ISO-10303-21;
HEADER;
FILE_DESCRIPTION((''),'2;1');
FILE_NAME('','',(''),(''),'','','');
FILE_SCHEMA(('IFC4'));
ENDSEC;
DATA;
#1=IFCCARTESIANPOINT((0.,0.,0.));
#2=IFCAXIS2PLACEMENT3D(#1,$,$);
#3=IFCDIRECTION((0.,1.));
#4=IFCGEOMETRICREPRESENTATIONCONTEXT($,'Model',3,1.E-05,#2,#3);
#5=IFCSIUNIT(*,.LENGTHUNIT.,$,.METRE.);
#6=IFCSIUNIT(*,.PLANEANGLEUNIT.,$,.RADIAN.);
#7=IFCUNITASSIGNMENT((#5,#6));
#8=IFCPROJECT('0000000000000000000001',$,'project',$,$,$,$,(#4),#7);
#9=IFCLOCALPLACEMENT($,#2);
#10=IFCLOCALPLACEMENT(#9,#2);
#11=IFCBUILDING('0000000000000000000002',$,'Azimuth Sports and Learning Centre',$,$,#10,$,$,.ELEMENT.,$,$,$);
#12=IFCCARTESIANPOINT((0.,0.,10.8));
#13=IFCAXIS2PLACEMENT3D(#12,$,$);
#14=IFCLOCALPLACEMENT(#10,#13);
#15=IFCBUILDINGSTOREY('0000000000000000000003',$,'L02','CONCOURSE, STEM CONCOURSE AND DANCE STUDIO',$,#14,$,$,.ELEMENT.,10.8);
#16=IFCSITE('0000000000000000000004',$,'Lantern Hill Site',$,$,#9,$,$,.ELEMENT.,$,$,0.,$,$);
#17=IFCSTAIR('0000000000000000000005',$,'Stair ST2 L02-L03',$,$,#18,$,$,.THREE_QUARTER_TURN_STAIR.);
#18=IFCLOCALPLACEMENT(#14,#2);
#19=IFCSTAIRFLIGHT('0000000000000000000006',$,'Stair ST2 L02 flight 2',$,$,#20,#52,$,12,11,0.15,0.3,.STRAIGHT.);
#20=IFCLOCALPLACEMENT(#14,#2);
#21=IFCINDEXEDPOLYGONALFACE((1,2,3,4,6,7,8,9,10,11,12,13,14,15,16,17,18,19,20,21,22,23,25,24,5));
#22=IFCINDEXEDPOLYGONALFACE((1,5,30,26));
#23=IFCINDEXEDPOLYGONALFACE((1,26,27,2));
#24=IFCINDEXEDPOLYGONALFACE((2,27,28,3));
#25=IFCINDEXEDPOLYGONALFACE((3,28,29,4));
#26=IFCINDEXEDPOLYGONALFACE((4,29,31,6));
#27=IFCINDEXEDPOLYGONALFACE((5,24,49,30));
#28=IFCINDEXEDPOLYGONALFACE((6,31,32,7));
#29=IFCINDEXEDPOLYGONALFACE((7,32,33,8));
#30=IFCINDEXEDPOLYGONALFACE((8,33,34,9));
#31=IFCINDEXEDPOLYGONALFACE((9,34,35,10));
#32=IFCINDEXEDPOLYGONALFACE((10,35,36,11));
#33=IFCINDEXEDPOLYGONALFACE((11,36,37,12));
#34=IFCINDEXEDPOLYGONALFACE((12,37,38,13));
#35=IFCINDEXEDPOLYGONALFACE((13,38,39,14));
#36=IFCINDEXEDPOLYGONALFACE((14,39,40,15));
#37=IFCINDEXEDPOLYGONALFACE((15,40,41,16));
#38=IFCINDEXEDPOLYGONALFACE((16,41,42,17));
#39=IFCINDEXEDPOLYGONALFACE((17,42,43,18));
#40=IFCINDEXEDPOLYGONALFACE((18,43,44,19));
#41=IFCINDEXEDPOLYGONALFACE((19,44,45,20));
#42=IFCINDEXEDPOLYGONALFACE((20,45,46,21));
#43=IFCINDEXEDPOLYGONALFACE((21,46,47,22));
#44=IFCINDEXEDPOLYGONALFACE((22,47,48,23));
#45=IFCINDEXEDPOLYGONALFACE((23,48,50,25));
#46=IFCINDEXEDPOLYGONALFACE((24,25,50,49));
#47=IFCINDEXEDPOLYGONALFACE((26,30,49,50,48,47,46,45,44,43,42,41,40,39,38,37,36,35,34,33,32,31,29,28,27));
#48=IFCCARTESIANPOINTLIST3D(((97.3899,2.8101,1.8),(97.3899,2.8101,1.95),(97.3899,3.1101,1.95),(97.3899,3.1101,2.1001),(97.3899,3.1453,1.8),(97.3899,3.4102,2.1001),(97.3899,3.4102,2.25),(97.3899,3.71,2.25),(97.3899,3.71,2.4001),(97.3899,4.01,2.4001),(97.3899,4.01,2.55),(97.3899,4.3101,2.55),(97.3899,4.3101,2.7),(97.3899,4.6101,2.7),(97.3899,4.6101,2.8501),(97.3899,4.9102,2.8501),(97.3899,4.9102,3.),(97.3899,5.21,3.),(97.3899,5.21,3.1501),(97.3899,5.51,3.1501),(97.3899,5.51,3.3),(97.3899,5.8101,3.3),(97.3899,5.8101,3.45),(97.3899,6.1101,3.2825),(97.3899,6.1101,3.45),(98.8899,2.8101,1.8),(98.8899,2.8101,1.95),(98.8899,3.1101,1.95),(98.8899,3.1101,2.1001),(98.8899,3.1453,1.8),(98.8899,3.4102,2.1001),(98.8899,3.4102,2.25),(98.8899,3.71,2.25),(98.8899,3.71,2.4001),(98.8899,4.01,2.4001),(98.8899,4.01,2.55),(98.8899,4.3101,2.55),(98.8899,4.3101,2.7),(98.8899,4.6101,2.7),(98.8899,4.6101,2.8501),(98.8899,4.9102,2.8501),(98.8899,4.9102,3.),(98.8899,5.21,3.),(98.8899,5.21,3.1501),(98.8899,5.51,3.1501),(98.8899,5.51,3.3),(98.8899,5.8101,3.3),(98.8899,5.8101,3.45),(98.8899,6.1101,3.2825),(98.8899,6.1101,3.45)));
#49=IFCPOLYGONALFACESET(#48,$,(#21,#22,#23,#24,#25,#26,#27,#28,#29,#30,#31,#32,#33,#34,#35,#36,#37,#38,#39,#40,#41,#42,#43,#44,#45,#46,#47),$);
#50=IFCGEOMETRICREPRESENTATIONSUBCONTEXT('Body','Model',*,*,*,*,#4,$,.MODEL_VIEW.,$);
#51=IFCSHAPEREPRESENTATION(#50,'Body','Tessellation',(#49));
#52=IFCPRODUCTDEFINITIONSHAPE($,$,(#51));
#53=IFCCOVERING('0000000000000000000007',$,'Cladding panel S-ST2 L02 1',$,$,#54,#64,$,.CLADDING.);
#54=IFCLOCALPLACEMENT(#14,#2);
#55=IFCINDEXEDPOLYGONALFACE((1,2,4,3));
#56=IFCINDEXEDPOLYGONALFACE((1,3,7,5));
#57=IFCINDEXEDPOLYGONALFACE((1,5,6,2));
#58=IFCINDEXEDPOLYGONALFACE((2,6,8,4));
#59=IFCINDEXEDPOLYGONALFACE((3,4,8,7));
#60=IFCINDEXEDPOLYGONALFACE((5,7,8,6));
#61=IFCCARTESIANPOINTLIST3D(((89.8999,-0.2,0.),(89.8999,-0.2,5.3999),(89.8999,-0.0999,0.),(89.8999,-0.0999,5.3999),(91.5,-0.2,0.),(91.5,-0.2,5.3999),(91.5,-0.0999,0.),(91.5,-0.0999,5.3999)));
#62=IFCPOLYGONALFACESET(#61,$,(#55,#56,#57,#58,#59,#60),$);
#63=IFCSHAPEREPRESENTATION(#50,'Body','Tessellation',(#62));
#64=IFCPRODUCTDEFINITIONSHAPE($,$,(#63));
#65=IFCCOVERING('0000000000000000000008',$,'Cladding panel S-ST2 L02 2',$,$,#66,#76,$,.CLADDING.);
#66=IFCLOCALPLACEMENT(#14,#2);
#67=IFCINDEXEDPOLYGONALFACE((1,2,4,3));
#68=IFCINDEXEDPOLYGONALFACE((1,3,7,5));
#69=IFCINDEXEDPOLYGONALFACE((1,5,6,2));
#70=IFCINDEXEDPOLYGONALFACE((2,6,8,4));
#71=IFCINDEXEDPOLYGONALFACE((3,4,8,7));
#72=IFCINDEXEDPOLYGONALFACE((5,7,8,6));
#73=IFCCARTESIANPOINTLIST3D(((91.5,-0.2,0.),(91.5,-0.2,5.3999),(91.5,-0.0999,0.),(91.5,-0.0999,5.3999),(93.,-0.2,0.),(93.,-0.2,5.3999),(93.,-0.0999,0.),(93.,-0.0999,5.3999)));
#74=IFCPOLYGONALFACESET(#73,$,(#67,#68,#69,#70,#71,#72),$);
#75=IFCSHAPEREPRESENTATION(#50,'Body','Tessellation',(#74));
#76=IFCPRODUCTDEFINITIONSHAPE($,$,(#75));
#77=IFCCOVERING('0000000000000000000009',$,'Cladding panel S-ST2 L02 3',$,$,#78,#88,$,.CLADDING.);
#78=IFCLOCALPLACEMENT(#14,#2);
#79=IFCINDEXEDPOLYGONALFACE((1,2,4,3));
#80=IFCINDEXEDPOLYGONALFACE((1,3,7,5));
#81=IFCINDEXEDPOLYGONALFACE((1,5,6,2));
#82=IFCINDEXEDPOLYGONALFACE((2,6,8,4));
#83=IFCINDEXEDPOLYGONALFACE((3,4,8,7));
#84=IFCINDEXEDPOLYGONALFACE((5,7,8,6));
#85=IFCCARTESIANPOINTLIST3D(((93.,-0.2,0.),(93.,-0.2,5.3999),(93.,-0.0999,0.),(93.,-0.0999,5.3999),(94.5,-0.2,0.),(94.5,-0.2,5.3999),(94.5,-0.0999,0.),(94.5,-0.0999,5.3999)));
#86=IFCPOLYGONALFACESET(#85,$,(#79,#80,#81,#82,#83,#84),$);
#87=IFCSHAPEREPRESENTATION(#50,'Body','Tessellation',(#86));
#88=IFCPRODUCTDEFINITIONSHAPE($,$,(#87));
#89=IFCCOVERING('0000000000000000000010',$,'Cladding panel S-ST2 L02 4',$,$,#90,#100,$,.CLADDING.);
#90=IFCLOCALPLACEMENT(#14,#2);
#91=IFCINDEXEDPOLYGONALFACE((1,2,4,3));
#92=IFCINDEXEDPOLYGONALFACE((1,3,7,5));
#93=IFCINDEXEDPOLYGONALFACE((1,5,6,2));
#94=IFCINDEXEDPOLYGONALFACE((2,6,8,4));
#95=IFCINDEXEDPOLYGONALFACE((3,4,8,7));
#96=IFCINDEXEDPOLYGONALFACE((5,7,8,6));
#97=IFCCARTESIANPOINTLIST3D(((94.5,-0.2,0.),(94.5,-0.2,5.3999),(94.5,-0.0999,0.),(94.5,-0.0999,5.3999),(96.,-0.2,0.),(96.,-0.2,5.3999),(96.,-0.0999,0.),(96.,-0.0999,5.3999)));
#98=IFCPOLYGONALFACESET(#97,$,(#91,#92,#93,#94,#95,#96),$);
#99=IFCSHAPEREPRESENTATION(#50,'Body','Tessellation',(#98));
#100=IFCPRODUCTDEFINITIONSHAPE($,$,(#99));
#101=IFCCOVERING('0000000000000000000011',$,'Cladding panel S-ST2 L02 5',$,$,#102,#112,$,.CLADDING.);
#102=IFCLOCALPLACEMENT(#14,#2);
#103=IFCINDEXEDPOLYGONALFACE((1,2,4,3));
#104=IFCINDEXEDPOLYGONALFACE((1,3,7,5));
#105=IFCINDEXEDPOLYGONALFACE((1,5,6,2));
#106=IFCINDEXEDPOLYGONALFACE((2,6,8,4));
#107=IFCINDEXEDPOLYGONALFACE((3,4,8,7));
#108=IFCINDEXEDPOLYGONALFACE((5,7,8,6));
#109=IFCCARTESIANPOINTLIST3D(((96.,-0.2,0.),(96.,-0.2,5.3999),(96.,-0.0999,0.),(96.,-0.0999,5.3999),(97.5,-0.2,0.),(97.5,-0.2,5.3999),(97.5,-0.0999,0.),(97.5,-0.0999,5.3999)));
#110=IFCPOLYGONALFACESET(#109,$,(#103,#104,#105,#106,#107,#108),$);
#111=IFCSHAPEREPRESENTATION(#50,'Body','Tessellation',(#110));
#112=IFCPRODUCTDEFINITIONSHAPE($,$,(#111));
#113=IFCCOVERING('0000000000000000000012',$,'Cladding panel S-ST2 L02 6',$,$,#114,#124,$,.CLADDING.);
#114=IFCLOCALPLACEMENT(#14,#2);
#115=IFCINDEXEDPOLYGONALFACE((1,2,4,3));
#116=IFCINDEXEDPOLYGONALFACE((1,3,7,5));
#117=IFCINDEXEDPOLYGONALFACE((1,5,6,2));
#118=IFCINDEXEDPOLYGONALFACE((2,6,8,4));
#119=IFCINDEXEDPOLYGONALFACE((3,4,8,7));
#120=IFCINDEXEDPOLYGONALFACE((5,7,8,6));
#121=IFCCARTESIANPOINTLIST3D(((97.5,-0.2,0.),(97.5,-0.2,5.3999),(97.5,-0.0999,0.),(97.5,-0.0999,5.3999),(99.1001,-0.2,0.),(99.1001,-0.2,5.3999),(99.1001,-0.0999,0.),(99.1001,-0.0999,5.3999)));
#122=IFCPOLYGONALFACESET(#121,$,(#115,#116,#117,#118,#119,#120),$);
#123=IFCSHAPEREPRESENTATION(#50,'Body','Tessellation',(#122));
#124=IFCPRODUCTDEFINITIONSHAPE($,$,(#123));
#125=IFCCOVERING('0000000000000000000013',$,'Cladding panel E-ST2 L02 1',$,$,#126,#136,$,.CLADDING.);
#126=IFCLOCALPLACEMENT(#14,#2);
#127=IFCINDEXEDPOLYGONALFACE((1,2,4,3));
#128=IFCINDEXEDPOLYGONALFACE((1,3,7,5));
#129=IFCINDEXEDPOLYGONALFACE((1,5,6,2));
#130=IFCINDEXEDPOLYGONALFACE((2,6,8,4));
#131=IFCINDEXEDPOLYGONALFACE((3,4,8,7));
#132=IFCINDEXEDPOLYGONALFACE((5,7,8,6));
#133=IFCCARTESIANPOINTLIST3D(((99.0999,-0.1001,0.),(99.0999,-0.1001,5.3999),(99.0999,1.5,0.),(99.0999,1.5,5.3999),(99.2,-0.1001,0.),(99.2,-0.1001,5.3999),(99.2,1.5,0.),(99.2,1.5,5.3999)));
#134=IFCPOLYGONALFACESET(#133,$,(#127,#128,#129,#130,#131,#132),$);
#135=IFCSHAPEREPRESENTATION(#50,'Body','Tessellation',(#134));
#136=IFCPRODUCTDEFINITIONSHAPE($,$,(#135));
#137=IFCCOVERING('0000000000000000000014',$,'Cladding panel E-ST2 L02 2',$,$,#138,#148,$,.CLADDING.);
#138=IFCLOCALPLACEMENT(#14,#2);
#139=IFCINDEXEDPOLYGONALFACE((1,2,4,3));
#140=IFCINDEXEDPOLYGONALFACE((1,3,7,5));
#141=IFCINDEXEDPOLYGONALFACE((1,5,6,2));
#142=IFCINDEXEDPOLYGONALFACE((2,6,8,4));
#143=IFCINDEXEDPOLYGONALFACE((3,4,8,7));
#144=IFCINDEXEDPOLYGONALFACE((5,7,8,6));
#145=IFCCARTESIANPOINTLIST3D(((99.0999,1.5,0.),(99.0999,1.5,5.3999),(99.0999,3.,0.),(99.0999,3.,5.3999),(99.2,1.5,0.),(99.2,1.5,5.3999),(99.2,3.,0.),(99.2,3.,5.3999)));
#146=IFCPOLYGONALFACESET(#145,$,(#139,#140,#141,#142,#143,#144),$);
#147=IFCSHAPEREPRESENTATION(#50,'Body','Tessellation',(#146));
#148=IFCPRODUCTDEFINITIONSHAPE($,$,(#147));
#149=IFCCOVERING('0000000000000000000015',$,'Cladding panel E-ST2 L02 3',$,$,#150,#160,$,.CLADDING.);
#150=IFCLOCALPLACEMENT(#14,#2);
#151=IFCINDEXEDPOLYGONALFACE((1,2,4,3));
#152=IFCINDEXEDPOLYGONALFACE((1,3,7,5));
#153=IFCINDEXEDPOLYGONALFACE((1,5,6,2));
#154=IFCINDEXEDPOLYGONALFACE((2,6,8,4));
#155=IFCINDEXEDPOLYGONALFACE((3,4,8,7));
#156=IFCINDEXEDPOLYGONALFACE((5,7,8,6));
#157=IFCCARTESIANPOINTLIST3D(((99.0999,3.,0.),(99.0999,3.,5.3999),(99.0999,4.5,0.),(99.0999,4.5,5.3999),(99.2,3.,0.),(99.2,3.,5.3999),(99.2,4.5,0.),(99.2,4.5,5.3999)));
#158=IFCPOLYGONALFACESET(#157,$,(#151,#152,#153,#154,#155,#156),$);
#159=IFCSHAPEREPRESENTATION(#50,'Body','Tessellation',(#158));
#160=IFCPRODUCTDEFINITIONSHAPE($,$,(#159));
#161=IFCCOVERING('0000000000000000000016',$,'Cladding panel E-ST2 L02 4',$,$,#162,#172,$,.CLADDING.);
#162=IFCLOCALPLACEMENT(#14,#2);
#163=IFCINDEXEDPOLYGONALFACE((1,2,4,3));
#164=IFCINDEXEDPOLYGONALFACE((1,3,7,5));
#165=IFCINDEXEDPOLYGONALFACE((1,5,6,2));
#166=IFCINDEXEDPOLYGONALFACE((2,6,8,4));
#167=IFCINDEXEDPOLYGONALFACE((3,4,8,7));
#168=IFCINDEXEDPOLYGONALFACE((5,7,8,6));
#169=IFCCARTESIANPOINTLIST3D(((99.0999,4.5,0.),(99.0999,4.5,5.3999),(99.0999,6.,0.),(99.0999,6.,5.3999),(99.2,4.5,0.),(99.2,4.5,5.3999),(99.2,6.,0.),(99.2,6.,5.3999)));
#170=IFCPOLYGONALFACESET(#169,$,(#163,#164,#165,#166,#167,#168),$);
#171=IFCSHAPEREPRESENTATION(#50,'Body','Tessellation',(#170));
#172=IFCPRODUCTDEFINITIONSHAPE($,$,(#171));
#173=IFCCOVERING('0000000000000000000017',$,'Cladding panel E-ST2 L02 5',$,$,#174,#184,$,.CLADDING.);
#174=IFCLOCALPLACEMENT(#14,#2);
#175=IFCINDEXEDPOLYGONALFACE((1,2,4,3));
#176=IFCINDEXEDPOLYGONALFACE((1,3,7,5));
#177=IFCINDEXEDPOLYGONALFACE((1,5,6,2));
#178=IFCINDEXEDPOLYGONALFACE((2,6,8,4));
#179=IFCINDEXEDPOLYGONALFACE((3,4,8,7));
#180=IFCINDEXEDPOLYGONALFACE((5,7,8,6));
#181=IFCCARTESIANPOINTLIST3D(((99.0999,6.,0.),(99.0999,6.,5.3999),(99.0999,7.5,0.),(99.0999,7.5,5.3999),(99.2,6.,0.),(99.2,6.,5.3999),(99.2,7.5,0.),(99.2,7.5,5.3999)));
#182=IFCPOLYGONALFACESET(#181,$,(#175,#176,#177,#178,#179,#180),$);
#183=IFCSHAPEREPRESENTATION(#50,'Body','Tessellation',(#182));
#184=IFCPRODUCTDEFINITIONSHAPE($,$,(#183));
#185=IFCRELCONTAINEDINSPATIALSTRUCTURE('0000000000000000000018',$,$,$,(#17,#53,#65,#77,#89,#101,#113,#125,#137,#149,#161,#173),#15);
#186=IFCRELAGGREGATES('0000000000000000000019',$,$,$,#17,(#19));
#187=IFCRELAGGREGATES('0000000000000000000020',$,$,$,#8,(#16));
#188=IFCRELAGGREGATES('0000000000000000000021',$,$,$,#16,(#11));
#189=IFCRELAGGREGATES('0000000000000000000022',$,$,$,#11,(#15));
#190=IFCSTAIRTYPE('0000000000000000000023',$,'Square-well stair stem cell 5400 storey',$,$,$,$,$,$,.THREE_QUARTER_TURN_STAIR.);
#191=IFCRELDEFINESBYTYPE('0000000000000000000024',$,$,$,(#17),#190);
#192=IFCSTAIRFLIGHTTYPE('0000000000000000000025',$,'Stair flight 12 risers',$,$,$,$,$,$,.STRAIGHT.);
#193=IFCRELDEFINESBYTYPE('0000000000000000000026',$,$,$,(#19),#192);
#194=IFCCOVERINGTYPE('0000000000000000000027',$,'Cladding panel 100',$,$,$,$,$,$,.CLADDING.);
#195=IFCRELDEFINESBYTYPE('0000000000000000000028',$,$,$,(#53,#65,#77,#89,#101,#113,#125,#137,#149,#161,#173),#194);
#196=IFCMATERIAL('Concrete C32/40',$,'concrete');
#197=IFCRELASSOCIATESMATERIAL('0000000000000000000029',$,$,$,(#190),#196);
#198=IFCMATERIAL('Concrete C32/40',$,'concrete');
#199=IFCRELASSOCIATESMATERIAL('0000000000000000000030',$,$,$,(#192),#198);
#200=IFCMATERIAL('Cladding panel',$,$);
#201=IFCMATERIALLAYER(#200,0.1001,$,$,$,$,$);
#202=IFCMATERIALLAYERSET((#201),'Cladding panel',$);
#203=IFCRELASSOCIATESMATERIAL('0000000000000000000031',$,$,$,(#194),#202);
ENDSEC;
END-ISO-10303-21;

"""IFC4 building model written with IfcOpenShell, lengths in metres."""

from ifc_helpers import new_model, si_unit, direction, frame, origin, origin_2d, place, context, subcontext, project, spatial, polyline, rectangle, outline, extrude, material, layer, layer_set, type_object, element, aggregate, save


model = new_model("IFC4")

# Units and contexts
model_context = context("Model", 3, precision=1e-05, world=origin(), true_north=direction((0.0, 1.0)))
body_context = subcontext(model_context, "Body", "Model", "MODEL_VIEW")
ifc_project = project(units=[si_unit("LENGTHUNIT", "METRE"), si_unit("PLANEANGLEUNIT", "RADIAN")], contexts=[model_context])

# Site, building, storey
site_placement = place(None, origin())
site = spatial("IfcSite", under=ifc_project, at=site_placement, Name="Lantern Hill Site", CompositionType="ELEMENT", RefElevation=0.0)
building_placement = place(site_placement, origin())
building = spatial("IfcBuilding", under=site, at=building_placement, Name="Azimuth Sports and Learning Centre", CompositionType="ELEMENT")
storey_placement = place(building_placement, frame((0.0, 0.0, 10.8)))
storey = spatial("IfcBuildingStorey", under=building, at=storey_placement, Name="L02", Description="CONCOURSE, STEM CONCOURSE AND DANCE STUDIO", CompositionType="ELEMENT", Elevation=10.8)

# Stair, stair flight
ifc_material_1 = material(Name="Concrete C32/40", Category="concrete")
stair_type = type_object("IfcStairType", Name="Square-well stair stem cell 5400 storey", PredefinedType="THREE_QUARTER_TURN_STAIR", material=ifc_material_1)
stair_placement = place(storey_placement, origin())
stair = element("IfcStair", 1, at=stair_placement, inside=storey, type_object=stair_type, Name="Stair ST2 L02-L03", PredefinedType="THREE_QUARTER_TURN_STAIR")
ifc_material_2 = material(Name="Concrete C32/40", Category="concrete")
stair_flight_type = type_object("IfcStairFlightType", Name="Stair flight 12 risers", PredefinedType="STRAIGHT", material=ifc_material_2)
stair_flight_1_placement = place(storey_placement, frame((98.1399, 2.8101, 1.8), z_axis=(0.0, 0.0, 1.0), x_axis=(0.0, 1.0, 0.0)))
stair_flight_1 = element("IfcStairFlight", 2, at=stair_flight_1_placement, type_object=stair_flight_type, Name="Stair ST2 L02 flight 2", NumberOfRisers=12, NumberOfTreads=11, PredefinedType="STRAIGHT", RiserHeight=0.15, TreadLength=0.3, context=body_context, shape_type="SweptSolid", body=[
    extrude(outline(polyline([(0.0, 0.0), (0.0, 0.1499), (0.3, 0.1499), (0.3, 0.3), (0.6001, 0.3), (0.6001, 0.45), (0.8999, 0.45), (0.8999, 0.6001), (1.2, 0.6001), (1.2, 0.75), (1.5, 0.75), (1.5, 0.8999), (1.8, 0.8999), (1.8, 1.05), (2.1001, 1.05), (2.1001, 1.2), (2.3999, 1.2), (2.3999, 1.3501), (2.7, 1.3501), (2.7, 1.5), (3.0, 1.5), (3.0, 1.6499), (3.3, 1.6499), (3.3, 1.8), (3.3, 1.4824), (0.3352, 0.0), (0.0, 0.0)])), frame((0.0, 0.75, 0.0), z_axis=(0.0, -1.0, 0.0), x_axis=(1.0, 0.0, 0.0)), (0.0, 0.0, 1.0), 1.5),
])
aggregate(stair, [stair_flight_1])

# Coverings
ifc_material_3 = material(Name="Cladding panel")
ifc_layer_1 = layer(ifc_material_3, 0.1001)
ifc_layer_set_1 = layer_set([ifc_layer_1], Name="Cladding panel")
covering_type = type_object("IfcCoveringType", Name="Cladding panel 100", PredefinedType="CLADDING", material=ifc_layer_set_1)
covering_placement = place(storey_placement, frame((90.7, -0.1499, 0.0), z_axis=(0.0, 0.0, 1.0), x_axis=(1.0, 0.0, 0.0)))
element("IfcCovering", 3, at=covering_placement, inside=storey, type_object=covering_type, Name="Cladding panel S-ST2 L02 1", PredefinedType="CLADDING", context=body_context, shape_type="SweptSolid", body=[
    extrude(rectangle(XDim=1.6001, YDim=0.1001, at=origin_2d()), origin(), (0.0, 0.0, 1.0), 5.3999),
])
for number, where, z_axis, x_axis, name in (
    (4, (92.25, -0.1499, 0.0), (0.0, 0.0, 1.0), (1.0, 0.0, 0.0), "Cladding panel S-ST2 L02 2"),
    (5, (93.75, -0.1499, 0.0), (0.0, 0.0, 1.0), (1.0, 0.0, 0.0), "Cladding panel S-ST2 L02 3"),
    (6, (95.25, -0.1499, 0.0), (0.0, 0.0, 1.0), (1.0, 0.0, 0.0), "Cladding panel S-ST2 L02 4"),
    (7, (96.75, -0.1499, 0.0), (0.0, 0.0, 1.0), (1.0, 0.0, 0.0), "Cladding panel S-ST2 L02 5"),
):
    element("IfcCovering", number, at=place(storey_placement, frame(where, z_axis=z_axis, x_axis=x_axis)), inside=storey, type_object=covering_type, Name=name, PredefinedType="CLADDING", context=body_context, shape_type="SweptSolid", body=[
        extrude(rectangle(XDim=1.5, YDim=0.1001, at=origin_2d()), origin(), (0.0, 0.0, 1.0), 5.3999),
    ])
for number, where, z_axis, x_axis, name in (
    (8, (98.3, -0.1499, 0.0), (0.0, 0.0, 1.0), (1.0, 0.0, 0.0), "Cladding panel S-ST2 L02 6"),
    (9, (99.1499, 0.7, 0.0), (0.0, 0.0, 1.0), (0.0, 1.0, 0.0), "Cladding panel E-ST2 L02 1"),
):
    element("IfcCovering", number, at=place(storey_placement, frame(where, z_axis=z_axis, x_axis=x_axis)), inside=storey, type_object=covering_type, Name=name, PredefinedType="CLADDING", context=body_context, shape_type="SweptSolid", body=[
        extrude(rectangle(XDim=1.6001, YDim=0.1001, at=origin_2d()), origin(), (0.0, 0.0, 1.0), 5.3999),
    ])
for number, where, z_axis, x_axis, name in (
    (10, (99.1499, 2.25, 0.0), (0.0, 0.0, 1.0), (0.0, 1.0, 0.0), "Cladding panel E-ST2 L02 2"),
    (11, (99.1499, 3.75, 0.0), (0.0, 0.0, 1.0), (0.0, 1.0, 0.0), "Cladding panel E-ST2 L02 3"),
    (12, (99.1499, 5.25, 0.0), (0.0, 0.0, 1.0), (0.0, 1.0, 0.0), "Cladding panel E-ST2 L02 4"),
    (13, (99.1499, 6.75, 0.0), (0.0, 0.0, 1.0), (0.0, 1.0, 0.0), "Cladding panel E-ST2 L02 5"),
):
    element("IfcCovering", number, at=place(storey_placement, frame(where, z_axis=z_axis, x_axis=x_axis)), inside=storey, type_object=covering_type, Name=name, PredefinedType="CLADDING", context=body_context, shape_type="SweptSolid", body=[
        extrude(rectangle(XDim=1.5, YDim=0.1001, at=origin_2d()), origin(), (0.0, 0.0, 1.0), 5.3999),
    ])

save(model, "model.ifc")
